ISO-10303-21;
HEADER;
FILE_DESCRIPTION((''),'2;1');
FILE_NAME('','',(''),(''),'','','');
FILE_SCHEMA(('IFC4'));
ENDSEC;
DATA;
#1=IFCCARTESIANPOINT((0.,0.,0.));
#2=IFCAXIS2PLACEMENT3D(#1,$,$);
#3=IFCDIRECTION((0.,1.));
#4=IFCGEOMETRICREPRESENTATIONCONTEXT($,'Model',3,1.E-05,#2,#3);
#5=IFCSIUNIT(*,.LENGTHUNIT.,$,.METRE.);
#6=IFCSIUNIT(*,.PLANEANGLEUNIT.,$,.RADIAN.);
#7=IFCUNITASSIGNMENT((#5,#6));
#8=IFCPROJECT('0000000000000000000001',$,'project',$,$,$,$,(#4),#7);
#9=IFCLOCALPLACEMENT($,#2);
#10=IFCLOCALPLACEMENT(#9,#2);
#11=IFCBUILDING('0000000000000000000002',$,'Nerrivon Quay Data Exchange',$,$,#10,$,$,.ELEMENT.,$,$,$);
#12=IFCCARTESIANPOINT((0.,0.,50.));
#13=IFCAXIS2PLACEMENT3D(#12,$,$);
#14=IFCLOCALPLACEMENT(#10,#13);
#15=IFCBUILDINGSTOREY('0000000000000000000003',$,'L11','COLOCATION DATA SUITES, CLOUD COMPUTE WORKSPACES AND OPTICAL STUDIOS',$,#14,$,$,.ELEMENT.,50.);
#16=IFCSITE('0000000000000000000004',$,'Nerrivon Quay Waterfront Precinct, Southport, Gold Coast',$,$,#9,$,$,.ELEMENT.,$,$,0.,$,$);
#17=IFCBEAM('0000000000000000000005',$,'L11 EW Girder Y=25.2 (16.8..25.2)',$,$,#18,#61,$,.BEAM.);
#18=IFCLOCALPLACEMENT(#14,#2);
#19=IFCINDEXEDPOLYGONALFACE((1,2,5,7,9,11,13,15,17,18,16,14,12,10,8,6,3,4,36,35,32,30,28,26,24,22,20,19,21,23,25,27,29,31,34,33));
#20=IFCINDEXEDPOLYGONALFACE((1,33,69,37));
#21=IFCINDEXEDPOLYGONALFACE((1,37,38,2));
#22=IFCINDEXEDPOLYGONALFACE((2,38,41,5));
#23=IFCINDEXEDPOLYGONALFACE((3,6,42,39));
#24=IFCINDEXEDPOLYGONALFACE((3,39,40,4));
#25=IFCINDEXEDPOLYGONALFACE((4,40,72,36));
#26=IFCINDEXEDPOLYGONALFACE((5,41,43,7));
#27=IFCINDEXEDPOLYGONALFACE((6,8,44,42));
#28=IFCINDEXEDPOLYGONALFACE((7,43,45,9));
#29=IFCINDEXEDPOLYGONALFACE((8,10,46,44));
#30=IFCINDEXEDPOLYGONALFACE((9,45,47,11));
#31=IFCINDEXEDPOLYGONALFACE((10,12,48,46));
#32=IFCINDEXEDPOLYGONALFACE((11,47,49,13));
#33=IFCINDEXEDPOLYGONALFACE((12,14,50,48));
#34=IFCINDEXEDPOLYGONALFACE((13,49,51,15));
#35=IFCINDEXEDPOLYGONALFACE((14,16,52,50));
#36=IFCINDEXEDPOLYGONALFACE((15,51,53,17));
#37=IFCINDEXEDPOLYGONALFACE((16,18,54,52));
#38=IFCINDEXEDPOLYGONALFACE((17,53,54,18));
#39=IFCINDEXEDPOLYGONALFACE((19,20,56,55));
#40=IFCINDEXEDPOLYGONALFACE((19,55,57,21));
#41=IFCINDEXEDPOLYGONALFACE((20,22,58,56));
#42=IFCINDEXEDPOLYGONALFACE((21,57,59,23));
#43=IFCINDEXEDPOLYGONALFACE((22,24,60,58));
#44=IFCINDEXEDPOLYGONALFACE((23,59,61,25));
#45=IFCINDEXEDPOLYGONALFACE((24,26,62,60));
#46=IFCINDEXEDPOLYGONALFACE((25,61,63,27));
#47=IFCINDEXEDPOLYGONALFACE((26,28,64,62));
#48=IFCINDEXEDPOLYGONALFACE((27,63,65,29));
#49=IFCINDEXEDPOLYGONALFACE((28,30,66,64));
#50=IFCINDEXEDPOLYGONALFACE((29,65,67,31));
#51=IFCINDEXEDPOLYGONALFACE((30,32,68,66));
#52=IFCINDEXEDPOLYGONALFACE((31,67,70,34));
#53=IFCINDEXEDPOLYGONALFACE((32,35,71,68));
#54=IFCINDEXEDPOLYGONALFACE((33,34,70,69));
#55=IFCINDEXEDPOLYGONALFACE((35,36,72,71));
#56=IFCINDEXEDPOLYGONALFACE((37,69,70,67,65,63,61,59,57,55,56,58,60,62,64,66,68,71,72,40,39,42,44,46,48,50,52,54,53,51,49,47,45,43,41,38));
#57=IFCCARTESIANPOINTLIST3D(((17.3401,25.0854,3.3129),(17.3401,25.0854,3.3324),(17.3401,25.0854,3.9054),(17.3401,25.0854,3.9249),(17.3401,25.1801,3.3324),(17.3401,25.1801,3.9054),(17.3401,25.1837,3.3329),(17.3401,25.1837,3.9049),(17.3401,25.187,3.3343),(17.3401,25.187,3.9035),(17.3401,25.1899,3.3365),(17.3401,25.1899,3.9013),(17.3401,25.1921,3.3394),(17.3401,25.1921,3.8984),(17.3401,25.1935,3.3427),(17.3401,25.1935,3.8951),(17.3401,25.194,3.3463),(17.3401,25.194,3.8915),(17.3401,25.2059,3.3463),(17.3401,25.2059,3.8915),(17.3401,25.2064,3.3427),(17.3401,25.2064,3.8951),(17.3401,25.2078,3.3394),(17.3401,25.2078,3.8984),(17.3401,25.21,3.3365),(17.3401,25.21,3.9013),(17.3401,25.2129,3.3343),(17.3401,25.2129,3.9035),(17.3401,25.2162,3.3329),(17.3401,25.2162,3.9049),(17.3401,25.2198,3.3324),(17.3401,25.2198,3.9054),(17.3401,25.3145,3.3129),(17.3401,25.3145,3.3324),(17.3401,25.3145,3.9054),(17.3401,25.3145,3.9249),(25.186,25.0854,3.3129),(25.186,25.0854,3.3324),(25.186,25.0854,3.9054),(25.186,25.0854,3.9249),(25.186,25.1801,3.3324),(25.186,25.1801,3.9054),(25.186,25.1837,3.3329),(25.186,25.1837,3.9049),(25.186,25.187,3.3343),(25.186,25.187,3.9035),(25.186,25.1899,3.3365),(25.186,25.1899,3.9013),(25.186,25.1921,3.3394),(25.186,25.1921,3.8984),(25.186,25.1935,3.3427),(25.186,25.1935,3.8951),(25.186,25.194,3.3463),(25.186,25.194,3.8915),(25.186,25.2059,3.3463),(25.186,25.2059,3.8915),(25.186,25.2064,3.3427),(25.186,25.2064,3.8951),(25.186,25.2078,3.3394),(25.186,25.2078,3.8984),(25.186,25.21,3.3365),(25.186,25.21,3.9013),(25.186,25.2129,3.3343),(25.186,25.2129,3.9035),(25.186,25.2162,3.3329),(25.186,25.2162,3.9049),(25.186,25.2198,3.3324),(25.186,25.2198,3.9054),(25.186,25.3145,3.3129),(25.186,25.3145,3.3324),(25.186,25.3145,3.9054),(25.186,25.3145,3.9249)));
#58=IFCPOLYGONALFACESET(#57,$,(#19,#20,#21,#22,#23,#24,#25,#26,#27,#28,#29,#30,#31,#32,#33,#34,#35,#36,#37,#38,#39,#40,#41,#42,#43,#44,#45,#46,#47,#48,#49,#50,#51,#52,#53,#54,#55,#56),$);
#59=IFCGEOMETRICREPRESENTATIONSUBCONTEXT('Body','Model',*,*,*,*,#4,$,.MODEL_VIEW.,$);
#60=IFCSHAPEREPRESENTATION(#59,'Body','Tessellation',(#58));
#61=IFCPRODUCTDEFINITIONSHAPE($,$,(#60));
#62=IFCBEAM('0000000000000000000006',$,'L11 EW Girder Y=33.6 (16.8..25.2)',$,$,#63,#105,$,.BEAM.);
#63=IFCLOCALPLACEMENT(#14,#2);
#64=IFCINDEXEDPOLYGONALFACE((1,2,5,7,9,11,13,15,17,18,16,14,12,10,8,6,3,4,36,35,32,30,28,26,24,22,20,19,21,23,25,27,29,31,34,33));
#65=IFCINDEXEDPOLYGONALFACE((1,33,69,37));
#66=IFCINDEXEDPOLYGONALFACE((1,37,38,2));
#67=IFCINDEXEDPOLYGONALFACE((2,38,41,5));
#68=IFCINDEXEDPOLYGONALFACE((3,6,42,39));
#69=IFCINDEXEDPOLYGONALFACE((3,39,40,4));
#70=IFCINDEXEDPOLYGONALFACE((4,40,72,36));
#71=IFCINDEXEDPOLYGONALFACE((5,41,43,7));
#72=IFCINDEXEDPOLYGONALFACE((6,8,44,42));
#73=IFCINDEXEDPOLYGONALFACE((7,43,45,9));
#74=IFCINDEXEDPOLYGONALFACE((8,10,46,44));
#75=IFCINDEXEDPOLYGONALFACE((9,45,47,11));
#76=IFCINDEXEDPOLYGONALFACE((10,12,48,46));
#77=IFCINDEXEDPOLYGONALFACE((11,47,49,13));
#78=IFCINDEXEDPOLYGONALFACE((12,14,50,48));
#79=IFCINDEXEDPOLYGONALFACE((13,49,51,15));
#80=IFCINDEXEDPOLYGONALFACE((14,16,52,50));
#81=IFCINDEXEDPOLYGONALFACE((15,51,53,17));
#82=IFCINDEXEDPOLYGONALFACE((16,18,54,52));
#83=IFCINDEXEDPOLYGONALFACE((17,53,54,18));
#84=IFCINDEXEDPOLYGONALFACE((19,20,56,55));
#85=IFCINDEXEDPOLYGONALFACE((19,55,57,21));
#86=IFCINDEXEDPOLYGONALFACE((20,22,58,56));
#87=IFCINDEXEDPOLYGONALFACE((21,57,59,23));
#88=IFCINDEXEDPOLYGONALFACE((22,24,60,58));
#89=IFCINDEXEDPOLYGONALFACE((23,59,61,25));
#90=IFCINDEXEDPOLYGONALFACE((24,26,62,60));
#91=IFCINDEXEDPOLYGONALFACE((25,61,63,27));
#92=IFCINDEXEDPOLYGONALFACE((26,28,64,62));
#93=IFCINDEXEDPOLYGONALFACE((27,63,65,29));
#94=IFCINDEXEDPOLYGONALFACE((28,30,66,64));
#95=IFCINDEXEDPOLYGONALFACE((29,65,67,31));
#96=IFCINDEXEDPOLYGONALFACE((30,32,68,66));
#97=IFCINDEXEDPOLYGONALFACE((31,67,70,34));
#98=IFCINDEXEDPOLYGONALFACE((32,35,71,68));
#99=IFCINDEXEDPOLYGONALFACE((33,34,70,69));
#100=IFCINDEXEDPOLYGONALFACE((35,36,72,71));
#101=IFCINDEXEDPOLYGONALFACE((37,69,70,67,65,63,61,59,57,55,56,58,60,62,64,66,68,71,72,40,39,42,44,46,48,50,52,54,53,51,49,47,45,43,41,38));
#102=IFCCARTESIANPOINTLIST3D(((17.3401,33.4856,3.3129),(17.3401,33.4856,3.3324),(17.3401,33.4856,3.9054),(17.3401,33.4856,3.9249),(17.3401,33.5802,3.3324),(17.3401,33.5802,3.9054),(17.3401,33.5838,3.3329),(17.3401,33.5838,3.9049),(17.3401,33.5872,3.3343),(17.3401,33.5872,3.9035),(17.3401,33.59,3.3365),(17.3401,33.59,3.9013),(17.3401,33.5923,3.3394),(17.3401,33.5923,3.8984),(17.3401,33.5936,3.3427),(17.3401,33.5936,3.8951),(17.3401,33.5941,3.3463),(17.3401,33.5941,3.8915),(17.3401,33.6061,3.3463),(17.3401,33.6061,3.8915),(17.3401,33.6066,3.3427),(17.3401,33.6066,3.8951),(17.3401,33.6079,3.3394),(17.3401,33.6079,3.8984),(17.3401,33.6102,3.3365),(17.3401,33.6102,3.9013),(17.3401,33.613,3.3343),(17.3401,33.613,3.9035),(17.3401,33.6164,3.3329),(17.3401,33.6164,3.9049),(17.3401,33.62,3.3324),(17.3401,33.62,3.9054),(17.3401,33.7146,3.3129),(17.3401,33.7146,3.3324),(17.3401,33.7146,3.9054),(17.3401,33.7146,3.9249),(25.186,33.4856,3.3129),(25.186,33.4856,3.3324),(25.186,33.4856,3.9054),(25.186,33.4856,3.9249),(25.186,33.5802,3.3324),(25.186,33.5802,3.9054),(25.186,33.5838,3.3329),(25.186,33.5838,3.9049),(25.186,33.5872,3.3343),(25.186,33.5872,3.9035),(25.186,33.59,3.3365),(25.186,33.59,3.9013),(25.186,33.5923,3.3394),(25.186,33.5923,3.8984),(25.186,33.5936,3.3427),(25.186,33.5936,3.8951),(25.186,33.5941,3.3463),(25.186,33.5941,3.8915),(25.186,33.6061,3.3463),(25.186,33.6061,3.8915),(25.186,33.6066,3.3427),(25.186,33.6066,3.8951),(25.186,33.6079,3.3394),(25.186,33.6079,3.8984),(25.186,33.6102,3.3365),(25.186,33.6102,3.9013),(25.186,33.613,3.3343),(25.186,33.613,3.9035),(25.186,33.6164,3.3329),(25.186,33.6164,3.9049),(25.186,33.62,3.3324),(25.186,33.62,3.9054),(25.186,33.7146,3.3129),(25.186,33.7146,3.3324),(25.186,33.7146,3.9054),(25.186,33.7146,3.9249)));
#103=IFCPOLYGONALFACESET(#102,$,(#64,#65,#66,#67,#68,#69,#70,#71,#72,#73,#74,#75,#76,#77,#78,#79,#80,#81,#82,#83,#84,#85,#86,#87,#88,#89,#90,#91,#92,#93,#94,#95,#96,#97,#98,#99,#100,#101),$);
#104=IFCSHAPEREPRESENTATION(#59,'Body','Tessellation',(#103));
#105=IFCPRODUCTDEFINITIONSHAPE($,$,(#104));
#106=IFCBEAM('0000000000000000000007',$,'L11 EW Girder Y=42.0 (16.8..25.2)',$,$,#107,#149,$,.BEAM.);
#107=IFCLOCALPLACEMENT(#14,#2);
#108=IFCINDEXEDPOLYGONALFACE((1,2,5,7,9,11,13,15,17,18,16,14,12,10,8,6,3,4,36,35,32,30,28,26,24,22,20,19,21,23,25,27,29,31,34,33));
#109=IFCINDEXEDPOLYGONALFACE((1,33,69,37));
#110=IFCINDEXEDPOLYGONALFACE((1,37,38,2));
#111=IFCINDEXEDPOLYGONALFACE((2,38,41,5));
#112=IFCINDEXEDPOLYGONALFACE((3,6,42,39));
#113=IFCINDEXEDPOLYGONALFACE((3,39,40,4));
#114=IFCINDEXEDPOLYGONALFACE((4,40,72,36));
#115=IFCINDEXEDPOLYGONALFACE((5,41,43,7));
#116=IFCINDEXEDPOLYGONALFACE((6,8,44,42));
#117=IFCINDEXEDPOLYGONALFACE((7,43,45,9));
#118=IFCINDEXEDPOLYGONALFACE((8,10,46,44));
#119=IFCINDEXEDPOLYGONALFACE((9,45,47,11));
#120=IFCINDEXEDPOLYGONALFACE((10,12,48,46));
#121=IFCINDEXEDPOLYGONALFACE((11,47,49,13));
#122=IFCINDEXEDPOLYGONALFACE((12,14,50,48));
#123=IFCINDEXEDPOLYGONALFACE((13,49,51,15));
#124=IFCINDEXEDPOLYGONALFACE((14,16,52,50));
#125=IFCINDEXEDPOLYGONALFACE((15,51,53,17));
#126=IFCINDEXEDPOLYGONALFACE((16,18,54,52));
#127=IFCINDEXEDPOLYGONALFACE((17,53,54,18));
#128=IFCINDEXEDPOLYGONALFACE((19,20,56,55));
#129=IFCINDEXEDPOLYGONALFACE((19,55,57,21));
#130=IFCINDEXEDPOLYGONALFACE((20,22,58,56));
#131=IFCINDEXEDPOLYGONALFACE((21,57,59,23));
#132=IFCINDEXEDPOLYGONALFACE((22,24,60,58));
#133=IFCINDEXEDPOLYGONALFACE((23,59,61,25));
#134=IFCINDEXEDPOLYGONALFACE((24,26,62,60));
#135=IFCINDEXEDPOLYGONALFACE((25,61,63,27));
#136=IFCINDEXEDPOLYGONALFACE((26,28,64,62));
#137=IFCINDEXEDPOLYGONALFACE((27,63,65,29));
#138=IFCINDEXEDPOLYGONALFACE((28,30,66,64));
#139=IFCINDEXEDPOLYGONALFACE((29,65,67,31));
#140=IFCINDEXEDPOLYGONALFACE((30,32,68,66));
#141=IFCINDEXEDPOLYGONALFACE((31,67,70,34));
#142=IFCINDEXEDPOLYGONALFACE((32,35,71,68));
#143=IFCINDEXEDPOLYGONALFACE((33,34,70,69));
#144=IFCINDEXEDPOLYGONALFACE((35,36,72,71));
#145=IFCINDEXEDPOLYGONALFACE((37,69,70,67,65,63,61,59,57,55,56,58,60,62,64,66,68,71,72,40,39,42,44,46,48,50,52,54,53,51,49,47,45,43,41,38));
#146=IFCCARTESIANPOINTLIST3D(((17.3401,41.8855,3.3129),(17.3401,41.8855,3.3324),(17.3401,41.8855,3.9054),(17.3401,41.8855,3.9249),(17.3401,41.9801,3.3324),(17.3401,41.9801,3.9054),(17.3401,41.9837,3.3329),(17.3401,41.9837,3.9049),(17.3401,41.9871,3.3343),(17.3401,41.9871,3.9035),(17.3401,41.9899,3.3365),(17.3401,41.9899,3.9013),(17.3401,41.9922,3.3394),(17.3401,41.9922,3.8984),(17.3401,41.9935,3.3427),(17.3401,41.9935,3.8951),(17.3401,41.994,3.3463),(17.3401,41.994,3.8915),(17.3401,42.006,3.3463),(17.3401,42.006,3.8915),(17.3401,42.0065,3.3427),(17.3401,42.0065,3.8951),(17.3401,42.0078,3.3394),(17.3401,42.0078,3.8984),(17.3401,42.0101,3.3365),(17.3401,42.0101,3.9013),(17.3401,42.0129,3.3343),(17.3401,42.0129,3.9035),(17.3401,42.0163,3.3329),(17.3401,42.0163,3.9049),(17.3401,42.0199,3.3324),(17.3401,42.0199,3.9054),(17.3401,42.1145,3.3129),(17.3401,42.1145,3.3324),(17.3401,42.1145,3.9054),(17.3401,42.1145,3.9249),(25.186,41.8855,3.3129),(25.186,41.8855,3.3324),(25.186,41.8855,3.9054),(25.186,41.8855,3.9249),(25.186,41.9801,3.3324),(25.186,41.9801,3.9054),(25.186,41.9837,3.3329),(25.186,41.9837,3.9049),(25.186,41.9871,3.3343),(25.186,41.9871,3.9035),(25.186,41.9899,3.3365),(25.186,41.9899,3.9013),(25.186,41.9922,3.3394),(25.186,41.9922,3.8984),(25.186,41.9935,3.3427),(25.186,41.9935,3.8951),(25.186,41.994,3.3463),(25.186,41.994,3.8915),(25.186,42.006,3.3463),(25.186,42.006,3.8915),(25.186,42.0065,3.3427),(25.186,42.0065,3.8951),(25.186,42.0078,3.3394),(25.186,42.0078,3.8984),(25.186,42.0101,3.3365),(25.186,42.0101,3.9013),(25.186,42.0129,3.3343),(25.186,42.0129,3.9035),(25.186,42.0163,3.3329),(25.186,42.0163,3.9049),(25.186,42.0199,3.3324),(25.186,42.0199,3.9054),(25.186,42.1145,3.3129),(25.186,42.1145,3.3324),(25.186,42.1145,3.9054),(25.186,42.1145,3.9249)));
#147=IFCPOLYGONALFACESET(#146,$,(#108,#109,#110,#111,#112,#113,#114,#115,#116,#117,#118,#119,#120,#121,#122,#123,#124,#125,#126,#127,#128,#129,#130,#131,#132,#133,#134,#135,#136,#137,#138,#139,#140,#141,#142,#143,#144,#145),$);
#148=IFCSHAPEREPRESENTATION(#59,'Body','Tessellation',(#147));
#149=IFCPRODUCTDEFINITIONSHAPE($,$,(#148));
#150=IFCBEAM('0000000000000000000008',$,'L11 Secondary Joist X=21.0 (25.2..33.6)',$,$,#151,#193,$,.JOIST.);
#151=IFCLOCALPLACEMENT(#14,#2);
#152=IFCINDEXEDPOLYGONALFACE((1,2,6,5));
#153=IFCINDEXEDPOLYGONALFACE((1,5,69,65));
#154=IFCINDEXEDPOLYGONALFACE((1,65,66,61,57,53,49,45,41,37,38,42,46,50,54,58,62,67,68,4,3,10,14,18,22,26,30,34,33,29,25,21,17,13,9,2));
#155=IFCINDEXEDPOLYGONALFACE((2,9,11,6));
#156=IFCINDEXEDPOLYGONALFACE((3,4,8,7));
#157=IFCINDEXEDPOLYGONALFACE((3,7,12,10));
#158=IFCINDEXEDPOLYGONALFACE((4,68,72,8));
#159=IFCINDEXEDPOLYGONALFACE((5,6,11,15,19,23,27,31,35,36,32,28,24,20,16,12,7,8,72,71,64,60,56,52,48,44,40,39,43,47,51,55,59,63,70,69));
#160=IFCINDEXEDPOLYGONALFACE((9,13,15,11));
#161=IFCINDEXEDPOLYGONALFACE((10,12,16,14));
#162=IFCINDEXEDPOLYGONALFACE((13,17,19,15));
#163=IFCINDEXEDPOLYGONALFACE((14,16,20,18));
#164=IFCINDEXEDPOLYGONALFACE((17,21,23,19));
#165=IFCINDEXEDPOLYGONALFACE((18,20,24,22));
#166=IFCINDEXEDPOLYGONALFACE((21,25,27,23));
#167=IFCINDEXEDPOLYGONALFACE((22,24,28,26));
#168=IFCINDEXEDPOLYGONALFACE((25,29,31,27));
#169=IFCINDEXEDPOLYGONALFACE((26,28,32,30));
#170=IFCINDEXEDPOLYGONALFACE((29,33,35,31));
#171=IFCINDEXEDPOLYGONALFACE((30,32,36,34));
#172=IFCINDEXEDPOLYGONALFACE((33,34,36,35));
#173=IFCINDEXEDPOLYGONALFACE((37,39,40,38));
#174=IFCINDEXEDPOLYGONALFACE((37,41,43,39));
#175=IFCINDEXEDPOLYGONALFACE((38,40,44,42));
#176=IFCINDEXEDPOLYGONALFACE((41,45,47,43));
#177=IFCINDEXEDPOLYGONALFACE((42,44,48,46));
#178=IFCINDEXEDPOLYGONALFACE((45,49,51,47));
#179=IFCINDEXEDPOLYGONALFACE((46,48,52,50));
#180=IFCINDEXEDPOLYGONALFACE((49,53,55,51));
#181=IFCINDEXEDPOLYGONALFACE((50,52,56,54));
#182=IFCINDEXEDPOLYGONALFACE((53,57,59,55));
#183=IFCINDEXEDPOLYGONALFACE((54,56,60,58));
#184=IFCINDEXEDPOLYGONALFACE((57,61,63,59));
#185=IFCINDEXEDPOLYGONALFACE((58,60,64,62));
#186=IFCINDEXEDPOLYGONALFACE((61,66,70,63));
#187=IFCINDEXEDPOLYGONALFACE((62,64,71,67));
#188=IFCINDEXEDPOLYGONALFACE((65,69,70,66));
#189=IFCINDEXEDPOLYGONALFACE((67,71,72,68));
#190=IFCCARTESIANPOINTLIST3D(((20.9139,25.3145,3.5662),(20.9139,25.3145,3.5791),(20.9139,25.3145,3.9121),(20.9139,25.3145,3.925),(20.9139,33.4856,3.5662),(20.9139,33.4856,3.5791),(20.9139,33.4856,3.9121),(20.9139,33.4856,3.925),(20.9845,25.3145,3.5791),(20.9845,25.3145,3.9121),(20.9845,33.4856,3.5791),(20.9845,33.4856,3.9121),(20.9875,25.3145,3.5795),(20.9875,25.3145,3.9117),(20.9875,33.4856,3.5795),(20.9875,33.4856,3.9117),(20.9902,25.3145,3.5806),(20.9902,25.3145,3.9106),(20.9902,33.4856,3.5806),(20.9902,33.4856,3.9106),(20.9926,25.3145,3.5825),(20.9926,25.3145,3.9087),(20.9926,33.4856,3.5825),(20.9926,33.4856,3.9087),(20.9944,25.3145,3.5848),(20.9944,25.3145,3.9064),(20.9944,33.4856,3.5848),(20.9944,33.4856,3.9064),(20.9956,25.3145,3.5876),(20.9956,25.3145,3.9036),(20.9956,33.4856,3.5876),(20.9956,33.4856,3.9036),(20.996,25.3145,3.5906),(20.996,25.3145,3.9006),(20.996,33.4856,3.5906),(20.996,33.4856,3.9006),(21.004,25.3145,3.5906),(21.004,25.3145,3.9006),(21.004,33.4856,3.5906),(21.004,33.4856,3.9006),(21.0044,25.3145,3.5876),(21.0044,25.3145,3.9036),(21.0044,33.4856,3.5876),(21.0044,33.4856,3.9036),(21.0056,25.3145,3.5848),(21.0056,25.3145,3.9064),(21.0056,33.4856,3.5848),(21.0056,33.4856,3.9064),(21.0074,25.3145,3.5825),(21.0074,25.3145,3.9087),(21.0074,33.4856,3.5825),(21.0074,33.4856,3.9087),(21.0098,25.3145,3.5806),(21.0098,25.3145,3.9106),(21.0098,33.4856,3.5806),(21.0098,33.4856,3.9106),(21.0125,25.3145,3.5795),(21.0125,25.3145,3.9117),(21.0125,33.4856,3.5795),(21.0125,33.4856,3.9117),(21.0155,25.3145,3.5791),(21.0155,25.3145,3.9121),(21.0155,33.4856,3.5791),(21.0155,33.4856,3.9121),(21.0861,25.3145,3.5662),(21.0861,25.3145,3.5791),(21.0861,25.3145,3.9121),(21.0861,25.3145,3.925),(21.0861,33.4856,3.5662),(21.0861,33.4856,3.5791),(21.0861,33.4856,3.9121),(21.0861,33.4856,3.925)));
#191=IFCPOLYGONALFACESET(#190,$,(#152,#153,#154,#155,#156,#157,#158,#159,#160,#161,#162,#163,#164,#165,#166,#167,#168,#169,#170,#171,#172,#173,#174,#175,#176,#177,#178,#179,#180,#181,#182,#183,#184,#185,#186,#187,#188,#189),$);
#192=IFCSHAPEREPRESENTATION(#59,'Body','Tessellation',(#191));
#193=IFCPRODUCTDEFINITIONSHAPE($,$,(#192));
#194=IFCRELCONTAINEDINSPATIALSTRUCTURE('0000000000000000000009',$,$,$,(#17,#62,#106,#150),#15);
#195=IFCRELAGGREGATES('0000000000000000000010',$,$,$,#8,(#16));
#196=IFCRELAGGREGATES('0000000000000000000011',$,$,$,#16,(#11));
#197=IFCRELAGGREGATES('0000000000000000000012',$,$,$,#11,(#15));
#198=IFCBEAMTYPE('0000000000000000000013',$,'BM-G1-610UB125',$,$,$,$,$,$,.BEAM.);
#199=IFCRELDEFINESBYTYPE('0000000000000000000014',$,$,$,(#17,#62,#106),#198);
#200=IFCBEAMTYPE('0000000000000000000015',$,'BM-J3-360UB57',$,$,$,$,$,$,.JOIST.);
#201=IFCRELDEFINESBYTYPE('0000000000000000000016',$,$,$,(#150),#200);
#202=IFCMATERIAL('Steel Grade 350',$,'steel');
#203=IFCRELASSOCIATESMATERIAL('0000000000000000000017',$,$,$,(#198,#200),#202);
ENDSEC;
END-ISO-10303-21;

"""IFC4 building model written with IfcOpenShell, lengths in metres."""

from ifc_helpers import new_model, si_unit, direction, frame, origin, origin_2d, place, context, subcontext, project, spatial, i_section, extrude, material, material_profile, profile_set, type_object, element, save


model = new_model("IFC4")

# Units and contexts
model_context = context("Model", 3, precision=1e-05, world=origin(), true_north=direction((0.0, 1.0)))
body_context = subcontext(model_context, "Body", "Model", "MODEL_VIEW")
ifc_project = project(units=[si_unit("LENGTHUNIT", "METRE"), si_unit("PLANEANGLEUNIT", "RADIAN")], contexts=[model_context])

# Site, building, storey
site_placement = place(None, origin())
site = spatial("IfcSite", under=ifc_project, at=site_placement, Name="Nerrivon Quay Waterfront Precinct, Southport, Gold Coast", CompositionType="ELEMENT", RefElevation=0.0)
building_placement = place(site_placement, origin())
building = spatial("IfcBuilding", under=site, at=building_placement, Name="Nerrivon Quay Data Exchange", CompositionType="ELEMENT")
storey_placement = place(building_placement, frame((0.0, 0.0, 50.0)))
storey = spatial("IfcBuildingStorey", under=building, at=storey_placement, Name="L11", Description="COLOCATION DATA SUITES, CLOUD COMPUTE WORKSPACES AND OPTICAL STUDIOS", CompositionType="ELEMENT", Elevation=50.0)

# Beams
ifc_material_1 = material(Name="Steel Grade 350", Category="steel")
ifc_material_profile_1 = material_profile(ifc_material_1, i_section(OverallWidth=0.229, OverallDepth=0.6121, WebThickness=0.012, FlangeThickness=0.0195, FilletRadius=0.0139, at=origin_2d()), Name="610UB125")
ifc_profile_set_1 = profile_set([ifc_material_profile_1], Name="Steel Grade 350")
beam_type_1 = type_object("IfcBeamType", Name="BM-G1-610UB125", PredefinedType="BEAM", material=ifc_profile_set_1)
for number, where, z_axis, x_axis, name in (
    (1, (17.3401, 25.2, 3.6189), (1.0, 0.0, 0.0), (0.0, 1.0, 0.0), "L11 EW Girder Y=25.2 (16.8..25.2)"),
    (2, (17.3401, 33.6001, 3.6189), (1.0, 0.0, 0.0), (0.0, 1.0, 0.0), "L11 EW Girder Y=33.6 (16.8..25.2)"),
    (3, (17.3401, 42.0, 3.6189), (1.0, 0.0, 0.0), (0.0, 1.0, 0.0), "L11 EW Girder Y=42.0 (16.8..25.2)"),
):
    element("IfcBeam", number, at=place(storey_placement, frame(where, z_axis=z_axis, x_axis=x_axis)), inside=storey, type_object=beam_type_1, Name=name, PredefinedType="BEAM", context=body_context, shape_type="SweptSolid", body=[
        extrude(i_section(OverallWidth=0.229, OverallDepth=0.6121, WebThickness=0.012, FlangeThickness=0.0195, FilletRadius=0.0139, at=origin_2d()), origin(), (0.0, 0.0, 1.0), 7.8459),
    ])
ifc_material_profile_2 = material_profile(ifc_material_1, i_section(OverallWidth=0.1721, OverallDepth=0.3589, WebThickness=0.0081, FlangeThickness=0.0129, FilletRadius=0.0115, at=origin_2d()), Name="360UB56.7")
ifc_profile_set_2 = profile_set([ifc_material_profile_2], Name="Steel Grade 350")
beam_type_2 = type_object("IfcBeamType", Name="BM-J3-360UB57", PredefinedType="JOIST", material=ifc_profile_set_2)
beam_1_placement = place(storey_placement, frame((21.0, 25.3145, 3.7456), z_axis=(0.0, 1.0, 0.0), x_axis=(-1.0, 0.0, 0.0)))
element("IfcBeam", 4, at=beam_1_placement, inside=storey, type_object=beam_type_2, Name="L11 Secondary Joist X=21.0 (25.2..33.6)", PredefinedType="JOIST", context=body_context, shape_type="SweptSolid", body=[
    extrude(i_section(OverallWidth=0.1721, OverallDepth=0.3589, WebThickness=0.0081, FlangeThickness=0.0129, FilletRadius=0.0115, at=origin_2d()), origin(), (0.0, 0.0, 1.0), 8.1711),
])

save(model, "model.ifc")
